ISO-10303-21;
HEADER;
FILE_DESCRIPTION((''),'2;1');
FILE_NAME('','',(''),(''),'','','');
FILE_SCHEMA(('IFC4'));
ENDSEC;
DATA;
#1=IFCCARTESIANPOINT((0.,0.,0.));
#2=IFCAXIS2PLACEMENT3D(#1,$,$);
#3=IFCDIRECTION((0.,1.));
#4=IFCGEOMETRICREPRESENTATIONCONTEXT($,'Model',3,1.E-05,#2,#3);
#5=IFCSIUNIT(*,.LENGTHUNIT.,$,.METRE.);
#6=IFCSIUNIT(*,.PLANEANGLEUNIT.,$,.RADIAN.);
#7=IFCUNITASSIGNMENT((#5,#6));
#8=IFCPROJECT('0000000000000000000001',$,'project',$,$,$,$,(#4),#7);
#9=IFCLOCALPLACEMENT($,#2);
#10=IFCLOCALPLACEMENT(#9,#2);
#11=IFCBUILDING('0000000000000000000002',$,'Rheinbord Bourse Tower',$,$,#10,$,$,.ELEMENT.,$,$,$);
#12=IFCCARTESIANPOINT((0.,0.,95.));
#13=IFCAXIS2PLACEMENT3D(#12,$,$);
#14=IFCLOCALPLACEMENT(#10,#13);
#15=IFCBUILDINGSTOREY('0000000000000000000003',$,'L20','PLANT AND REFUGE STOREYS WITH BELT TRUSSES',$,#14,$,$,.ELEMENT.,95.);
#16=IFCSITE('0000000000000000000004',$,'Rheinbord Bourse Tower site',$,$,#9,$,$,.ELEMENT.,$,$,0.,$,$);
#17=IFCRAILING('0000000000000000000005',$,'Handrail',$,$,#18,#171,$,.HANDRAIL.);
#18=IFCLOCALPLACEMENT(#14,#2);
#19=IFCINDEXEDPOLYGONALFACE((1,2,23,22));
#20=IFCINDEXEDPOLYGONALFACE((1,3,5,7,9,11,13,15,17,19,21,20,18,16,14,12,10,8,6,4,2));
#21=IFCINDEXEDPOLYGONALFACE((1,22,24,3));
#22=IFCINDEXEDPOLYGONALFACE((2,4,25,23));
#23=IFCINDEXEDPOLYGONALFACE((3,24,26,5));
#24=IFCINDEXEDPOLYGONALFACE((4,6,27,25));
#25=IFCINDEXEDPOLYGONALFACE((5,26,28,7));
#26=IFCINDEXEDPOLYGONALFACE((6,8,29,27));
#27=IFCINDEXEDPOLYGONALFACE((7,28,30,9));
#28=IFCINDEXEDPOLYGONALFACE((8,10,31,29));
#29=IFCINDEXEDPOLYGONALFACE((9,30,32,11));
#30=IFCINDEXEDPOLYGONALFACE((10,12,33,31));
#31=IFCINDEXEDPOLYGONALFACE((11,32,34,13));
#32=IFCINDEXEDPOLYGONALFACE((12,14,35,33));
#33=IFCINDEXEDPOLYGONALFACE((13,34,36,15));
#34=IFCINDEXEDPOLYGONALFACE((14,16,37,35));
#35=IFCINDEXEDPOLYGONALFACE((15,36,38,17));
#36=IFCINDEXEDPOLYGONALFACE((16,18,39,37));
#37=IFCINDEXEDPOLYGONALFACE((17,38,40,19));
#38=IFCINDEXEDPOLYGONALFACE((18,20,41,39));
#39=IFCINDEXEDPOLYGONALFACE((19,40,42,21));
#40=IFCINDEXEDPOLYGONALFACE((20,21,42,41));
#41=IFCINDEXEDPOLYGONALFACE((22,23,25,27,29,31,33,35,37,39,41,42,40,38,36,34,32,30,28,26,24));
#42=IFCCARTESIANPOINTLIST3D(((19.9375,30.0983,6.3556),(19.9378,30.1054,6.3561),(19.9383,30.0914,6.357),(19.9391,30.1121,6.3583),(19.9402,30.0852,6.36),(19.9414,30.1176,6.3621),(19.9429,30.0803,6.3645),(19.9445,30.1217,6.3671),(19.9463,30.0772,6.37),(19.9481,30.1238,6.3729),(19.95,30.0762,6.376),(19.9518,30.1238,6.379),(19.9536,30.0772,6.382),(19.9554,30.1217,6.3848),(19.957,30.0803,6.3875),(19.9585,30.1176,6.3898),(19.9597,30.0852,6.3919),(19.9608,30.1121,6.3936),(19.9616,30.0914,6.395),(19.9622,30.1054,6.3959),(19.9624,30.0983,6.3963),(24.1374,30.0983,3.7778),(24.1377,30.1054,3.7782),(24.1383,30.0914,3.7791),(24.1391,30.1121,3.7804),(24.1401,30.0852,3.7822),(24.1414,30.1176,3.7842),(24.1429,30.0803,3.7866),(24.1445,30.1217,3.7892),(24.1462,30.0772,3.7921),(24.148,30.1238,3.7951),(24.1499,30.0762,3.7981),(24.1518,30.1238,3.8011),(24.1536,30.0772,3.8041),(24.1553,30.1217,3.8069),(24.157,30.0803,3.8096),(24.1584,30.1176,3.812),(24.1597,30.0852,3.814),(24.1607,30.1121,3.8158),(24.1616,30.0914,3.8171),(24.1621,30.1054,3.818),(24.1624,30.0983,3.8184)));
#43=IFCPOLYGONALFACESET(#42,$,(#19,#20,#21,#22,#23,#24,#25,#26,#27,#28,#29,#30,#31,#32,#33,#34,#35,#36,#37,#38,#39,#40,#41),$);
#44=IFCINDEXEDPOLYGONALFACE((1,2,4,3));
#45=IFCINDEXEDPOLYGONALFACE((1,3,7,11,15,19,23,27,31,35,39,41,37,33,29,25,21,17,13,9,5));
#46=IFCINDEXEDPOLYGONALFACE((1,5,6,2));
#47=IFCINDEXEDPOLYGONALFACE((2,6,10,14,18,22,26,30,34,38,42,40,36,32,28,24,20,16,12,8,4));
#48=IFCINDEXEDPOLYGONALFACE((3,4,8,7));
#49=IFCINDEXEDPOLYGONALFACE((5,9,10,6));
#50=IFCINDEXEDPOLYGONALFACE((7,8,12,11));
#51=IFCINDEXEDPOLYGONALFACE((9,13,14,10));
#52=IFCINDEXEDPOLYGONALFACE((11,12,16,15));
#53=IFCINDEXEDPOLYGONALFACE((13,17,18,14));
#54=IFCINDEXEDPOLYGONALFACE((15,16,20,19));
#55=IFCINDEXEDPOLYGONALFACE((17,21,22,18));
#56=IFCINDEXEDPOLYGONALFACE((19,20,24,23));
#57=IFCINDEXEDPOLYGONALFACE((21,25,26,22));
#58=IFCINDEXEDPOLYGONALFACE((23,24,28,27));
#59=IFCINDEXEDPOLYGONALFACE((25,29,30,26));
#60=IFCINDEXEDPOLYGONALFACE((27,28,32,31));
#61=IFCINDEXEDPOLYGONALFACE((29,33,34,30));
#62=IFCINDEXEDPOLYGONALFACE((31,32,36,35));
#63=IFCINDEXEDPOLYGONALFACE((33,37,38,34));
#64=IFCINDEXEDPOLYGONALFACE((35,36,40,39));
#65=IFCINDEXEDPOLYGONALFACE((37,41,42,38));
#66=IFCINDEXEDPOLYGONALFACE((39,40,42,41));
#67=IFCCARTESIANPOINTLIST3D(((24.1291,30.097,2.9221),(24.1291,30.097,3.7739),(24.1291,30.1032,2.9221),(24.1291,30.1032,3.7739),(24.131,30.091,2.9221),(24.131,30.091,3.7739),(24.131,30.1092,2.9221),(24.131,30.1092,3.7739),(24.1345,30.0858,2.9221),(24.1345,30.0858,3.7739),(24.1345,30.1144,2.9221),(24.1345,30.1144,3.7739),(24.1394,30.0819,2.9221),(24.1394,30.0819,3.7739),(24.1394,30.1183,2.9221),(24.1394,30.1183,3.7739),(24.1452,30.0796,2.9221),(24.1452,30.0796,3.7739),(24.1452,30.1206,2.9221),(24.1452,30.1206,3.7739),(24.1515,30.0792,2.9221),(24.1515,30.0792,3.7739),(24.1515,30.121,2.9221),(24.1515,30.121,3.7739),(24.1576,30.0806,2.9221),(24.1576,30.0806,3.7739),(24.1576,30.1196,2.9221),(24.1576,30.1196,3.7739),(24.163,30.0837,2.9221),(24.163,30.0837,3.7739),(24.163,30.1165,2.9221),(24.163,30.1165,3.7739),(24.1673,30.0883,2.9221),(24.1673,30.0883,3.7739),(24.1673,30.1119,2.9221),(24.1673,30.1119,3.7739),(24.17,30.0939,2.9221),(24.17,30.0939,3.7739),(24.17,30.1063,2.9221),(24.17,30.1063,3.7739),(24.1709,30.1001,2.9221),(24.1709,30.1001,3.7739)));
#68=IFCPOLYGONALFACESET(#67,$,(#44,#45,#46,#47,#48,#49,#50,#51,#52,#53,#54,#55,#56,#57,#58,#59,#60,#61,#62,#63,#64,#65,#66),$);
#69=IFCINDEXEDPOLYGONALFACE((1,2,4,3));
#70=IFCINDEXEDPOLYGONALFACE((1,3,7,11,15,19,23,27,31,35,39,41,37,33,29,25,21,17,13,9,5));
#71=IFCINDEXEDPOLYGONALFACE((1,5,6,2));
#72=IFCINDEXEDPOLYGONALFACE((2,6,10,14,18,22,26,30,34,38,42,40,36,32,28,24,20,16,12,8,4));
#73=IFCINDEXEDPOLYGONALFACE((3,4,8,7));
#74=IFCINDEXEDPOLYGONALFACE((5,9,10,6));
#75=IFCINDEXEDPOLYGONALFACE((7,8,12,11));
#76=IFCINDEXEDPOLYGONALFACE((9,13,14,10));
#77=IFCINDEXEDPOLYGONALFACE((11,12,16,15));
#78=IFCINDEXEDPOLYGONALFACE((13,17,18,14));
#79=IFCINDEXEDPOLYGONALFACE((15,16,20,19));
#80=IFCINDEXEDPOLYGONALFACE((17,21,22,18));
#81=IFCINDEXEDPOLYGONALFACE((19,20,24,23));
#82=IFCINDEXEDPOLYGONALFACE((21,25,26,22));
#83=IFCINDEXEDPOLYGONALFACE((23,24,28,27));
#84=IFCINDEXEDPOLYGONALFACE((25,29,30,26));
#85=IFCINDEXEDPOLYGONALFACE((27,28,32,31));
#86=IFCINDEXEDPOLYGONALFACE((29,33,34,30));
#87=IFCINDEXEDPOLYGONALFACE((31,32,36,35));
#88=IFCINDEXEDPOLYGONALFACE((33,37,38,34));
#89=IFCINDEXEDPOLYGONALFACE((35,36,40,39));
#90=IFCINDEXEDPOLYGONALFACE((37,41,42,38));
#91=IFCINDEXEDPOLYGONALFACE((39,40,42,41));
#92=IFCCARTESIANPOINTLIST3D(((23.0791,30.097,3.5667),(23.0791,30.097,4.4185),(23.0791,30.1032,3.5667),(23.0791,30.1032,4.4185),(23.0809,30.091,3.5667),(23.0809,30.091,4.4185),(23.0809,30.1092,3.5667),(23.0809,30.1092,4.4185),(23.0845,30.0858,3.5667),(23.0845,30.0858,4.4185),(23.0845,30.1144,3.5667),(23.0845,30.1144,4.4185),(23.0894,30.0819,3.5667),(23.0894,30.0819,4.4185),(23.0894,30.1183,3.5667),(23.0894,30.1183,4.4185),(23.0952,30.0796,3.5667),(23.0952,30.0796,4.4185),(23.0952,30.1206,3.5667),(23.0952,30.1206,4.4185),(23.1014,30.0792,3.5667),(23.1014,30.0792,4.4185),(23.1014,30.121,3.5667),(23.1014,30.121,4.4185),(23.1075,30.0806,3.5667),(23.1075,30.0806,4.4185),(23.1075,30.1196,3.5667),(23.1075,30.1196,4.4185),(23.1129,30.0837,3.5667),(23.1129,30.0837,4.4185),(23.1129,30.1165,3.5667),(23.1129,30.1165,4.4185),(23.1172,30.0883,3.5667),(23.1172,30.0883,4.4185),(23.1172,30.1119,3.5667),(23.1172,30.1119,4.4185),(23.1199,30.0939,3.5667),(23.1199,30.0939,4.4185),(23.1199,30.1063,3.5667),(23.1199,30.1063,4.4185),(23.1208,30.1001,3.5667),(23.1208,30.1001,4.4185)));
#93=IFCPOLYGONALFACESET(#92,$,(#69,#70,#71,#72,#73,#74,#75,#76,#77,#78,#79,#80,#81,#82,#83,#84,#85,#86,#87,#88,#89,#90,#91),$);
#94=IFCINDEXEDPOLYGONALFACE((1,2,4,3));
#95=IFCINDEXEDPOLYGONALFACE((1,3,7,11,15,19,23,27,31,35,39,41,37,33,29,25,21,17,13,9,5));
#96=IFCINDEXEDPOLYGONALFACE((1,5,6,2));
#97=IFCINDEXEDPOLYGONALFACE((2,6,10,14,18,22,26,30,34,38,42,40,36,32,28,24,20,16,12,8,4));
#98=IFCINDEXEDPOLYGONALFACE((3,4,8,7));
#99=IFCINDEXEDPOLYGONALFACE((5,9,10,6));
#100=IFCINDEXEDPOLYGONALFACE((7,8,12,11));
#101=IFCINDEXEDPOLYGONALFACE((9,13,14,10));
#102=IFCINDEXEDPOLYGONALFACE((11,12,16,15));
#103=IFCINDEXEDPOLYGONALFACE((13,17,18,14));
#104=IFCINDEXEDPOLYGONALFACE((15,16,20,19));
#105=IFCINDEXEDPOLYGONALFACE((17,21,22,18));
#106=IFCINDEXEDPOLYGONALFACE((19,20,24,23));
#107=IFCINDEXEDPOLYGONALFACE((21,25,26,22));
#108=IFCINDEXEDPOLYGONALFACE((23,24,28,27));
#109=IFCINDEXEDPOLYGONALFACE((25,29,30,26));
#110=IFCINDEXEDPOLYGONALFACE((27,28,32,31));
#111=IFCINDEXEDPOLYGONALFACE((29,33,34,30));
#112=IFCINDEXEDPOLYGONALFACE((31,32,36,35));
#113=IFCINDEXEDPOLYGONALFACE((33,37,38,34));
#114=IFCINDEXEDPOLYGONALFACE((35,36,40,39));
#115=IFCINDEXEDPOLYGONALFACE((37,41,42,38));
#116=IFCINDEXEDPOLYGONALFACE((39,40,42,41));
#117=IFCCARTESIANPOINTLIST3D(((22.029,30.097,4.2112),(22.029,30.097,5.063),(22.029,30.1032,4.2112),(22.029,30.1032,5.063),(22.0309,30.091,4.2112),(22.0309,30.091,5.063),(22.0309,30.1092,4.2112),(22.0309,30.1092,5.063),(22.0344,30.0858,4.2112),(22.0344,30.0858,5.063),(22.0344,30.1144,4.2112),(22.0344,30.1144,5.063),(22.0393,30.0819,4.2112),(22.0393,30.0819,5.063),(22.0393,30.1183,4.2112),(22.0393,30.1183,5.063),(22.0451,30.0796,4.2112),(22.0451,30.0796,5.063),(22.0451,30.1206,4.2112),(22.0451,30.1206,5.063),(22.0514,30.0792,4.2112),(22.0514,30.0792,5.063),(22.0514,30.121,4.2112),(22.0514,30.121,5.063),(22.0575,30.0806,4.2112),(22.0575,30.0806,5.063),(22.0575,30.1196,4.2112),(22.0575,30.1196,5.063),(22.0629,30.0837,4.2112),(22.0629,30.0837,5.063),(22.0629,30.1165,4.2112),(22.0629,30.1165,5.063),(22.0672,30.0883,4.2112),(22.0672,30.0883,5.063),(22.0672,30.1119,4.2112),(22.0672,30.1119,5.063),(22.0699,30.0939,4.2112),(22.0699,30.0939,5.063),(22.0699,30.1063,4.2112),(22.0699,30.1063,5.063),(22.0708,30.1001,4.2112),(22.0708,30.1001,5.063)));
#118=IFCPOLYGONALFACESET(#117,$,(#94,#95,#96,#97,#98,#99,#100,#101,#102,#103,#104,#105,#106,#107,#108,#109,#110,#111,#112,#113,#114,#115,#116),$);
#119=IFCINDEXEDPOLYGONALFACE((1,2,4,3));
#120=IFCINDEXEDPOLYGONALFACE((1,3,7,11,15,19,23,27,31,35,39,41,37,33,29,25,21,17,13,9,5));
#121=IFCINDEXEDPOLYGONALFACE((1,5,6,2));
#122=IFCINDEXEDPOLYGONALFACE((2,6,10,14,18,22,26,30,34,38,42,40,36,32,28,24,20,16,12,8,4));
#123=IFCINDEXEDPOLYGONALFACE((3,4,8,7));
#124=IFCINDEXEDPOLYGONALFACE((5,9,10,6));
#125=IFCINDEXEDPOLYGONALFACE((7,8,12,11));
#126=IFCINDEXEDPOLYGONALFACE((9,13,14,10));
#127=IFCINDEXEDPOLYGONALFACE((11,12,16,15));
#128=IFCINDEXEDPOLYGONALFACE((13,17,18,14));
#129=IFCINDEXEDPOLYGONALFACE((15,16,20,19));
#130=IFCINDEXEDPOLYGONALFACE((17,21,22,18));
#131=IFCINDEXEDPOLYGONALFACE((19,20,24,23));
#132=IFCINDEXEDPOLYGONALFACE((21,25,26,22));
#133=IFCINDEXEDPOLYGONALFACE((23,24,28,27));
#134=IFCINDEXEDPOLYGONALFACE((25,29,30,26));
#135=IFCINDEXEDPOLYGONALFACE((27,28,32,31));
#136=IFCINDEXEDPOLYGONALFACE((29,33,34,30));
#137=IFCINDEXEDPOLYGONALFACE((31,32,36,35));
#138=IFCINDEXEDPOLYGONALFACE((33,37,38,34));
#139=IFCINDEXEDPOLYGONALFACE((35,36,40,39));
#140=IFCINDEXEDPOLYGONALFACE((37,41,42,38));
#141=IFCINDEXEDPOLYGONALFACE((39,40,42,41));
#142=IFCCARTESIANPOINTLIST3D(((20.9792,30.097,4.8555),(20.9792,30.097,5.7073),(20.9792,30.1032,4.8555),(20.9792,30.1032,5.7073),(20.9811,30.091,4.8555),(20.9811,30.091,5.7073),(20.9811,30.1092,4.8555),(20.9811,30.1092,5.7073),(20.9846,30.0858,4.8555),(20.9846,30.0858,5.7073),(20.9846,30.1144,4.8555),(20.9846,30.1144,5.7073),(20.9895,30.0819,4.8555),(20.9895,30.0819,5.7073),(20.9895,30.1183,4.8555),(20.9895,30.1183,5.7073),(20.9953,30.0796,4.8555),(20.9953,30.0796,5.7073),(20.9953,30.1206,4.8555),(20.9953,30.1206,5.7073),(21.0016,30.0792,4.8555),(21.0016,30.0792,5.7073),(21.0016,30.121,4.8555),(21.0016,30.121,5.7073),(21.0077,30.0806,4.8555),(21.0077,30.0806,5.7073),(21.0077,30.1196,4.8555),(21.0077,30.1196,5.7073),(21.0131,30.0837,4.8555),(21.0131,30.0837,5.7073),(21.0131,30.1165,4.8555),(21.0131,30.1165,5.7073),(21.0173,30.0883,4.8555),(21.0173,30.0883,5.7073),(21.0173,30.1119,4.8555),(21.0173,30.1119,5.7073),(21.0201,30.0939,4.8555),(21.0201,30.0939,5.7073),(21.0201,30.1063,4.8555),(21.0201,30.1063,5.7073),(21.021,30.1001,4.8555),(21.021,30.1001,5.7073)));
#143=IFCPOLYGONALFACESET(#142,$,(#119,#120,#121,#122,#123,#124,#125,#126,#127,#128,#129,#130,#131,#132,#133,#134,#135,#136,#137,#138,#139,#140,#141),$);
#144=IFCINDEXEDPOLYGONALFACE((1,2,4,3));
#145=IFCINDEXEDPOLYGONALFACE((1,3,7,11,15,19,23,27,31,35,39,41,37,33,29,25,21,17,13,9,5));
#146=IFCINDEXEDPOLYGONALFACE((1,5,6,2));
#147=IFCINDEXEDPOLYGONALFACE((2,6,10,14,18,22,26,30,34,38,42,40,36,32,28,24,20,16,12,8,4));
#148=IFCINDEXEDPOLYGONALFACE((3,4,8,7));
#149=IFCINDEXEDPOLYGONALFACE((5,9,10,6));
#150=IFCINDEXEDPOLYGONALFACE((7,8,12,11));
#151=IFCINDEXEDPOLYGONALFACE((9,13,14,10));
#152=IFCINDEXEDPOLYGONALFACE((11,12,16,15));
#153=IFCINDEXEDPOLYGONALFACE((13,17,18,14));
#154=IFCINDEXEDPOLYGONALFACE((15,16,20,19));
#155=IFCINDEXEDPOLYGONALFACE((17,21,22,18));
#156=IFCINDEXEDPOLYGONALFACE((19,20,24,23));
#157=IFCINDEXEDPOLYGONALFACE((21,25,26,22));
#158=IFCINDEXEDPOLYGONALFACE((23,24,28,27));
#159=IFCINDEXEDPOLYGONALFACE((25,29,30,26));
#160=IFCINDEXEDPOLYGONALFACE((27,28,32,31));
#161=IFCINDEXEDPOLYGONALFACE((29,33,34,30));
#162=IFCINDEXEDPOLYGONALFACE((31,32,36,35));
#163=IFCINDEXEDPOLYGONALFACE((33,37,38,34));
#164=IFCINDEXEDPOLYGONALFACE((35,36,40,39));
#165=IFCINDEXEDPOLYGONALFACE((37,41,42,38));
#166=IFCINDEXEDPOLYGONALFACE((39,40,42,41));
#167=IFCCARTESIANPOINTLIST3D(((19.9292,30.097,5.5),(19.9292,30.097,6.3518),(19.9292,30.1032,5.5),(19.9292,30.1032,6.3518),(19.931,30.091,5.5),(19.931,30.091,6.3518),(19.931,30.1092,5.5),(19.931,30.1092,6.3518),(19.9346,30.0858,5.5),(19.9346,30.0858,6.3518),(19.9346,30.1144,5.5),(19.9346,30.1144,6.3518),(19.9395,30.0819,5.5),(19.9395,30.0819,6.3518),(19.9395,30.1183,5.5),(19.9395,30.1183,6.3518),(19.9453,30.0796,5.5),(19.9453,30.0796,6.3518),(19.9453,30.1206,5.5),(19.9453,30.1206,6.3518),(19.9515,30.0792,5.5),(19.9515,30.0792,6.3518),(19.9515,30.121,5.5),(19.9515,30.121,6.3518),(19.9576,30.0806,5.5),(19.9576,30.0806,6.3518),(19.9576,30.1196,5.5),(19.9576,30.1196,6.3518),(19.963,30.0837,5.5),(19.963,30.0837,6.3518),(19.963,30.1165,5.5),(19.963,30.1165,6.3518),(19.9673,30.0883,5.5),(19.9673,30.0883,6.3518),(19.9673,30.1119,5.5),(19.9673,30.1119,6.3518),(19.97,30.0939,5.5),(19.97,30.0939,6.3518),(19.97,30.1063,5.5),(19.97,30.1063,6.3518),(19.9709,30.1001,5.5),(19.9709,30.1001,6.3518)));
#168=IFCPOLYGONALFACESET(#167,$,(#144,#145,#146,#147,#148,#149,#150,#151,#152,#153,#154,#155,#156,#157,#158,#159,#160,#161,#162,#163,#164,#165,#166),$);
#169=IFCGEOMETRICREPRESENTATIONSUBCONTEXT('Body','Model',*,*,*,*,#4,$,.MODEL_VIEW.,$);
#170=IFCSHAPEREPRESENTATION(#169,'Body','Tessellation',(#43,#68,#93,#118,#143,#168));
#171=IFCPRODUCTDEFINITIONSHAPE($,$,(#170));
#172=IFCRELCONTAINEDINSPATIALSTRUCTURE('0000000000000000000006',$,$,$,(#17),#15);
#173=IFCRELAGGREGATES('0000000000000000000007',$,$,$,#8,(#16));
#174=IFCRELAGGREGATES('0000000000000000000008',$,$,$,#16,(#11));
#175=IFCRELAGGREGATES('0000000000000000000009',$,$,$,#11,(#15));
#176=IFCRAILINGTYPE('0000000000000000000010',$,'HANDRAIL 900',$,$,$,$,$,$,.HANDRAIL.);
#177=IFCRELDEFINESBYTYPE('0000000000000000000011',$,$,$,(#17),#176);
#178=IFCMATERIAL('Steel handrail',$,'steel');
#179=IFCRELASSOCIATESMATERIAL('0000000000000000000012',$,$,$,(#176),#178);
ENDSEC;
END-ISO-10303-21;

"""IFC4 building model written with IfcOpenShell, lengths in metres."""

from ifc_helpers import new_model, si_unit, direction, frame, origin, origin_2d, place, context, subcontext, project, spatial, circle, extrude, material, type_object, element, save


model = new_model("IFC4")

# Units and contexts
model_context = context("Model", 3, precision=1e-05, world=origin(), true_north=direction((0.0, 1.0)))
body_context = subcontext(model_context, "Body", "Model", "MODEL_VIEW")
ifc_project = project(units=[si_unit("LENGTHUNIT", "METRE"), si_unit("PLANEANGLEUNIT", "RADIAN")], contexts=[model_context])

# Site, building, storey
site_placement = place(None, origin())
site = spatial("IfcSite", under=ifc_project, at=site_placement, Name="Rheinbord Bourse Tower site", CompositionType="ELEMENT", RefElevation=0.0)
building_placement = place(site_placement, origin())
building = spatial("IfcBuilding", under=site, at=building_placement, Name="Rheinbord Bourse Tower", CompositionType="ELEMENT")
storey_placement = place(building_placement, frame((0.0, 0.0, 95.0)))
storey = spatial("IfcBuildingStorey", under=building, at=storey_placement, Name="L20", Description="PLANT AND REFUGE STOREYS WITH BELT TRUSSES", CompositionType="ELEMENT", Elevation=95.0)

# Railing
ifc_material_1 = material(Name="Steel handrail", Category="steel")
railing_type = type_object("IfcRailingType", Name="HANDRAIL 900", PredefinedType="HANDRAIL", material=ifc_material_1)
railing_1_placement = place(storey_placement, frame((24.1499, 30.1001, 2.9221)))
element("IfcRailing", 1, at=railing_1_placement, inside=storey, type_object=railing_type, Name="Handrail", PredefinedType="HANDRAIL", context=body_context, shape_type="SweptSolid", body=[
    extrude(circle(Radius=0.0239, at=origin_2d()), frame((0.0, 0.0, 0.876), z_axis=(-0.852265, 0.0, 0.52311), x_axis=(0.0, -1.0, 0.0)), (0.0, 0.0, 1.0), 4.928),
    extrude(circle(Radius=0.021, at=origin_2d()), origin(), (0.0, 0.0, 1.0), 0.8518),
    extrude(circle(Radius=0.021, at=origin_2d()), frame((-1.05, 0.0, 0.6445)), (0.0, 0.0, 1.0), 0.8518),
    extrude(circle(Radius=0.021, at=origin_2d()), frame((-2.1001, 0.0, 1.2891)), (0.0, 0.0, 1.0), 0.8518),
    extrude(circle(Radius=0.021, at=origin_2d()), frame((-3.1499, 0.0, 1.9333)), (0.0, 0.0, 1.0), 0.8518),
    extrude(circle(Radius=0.021, at=origin_2d()), frame((-4.2, 0.0, 2.5779)), (0.0, 0.0, 1.0), 0.8518),
])

save(model, "model.ifc")
